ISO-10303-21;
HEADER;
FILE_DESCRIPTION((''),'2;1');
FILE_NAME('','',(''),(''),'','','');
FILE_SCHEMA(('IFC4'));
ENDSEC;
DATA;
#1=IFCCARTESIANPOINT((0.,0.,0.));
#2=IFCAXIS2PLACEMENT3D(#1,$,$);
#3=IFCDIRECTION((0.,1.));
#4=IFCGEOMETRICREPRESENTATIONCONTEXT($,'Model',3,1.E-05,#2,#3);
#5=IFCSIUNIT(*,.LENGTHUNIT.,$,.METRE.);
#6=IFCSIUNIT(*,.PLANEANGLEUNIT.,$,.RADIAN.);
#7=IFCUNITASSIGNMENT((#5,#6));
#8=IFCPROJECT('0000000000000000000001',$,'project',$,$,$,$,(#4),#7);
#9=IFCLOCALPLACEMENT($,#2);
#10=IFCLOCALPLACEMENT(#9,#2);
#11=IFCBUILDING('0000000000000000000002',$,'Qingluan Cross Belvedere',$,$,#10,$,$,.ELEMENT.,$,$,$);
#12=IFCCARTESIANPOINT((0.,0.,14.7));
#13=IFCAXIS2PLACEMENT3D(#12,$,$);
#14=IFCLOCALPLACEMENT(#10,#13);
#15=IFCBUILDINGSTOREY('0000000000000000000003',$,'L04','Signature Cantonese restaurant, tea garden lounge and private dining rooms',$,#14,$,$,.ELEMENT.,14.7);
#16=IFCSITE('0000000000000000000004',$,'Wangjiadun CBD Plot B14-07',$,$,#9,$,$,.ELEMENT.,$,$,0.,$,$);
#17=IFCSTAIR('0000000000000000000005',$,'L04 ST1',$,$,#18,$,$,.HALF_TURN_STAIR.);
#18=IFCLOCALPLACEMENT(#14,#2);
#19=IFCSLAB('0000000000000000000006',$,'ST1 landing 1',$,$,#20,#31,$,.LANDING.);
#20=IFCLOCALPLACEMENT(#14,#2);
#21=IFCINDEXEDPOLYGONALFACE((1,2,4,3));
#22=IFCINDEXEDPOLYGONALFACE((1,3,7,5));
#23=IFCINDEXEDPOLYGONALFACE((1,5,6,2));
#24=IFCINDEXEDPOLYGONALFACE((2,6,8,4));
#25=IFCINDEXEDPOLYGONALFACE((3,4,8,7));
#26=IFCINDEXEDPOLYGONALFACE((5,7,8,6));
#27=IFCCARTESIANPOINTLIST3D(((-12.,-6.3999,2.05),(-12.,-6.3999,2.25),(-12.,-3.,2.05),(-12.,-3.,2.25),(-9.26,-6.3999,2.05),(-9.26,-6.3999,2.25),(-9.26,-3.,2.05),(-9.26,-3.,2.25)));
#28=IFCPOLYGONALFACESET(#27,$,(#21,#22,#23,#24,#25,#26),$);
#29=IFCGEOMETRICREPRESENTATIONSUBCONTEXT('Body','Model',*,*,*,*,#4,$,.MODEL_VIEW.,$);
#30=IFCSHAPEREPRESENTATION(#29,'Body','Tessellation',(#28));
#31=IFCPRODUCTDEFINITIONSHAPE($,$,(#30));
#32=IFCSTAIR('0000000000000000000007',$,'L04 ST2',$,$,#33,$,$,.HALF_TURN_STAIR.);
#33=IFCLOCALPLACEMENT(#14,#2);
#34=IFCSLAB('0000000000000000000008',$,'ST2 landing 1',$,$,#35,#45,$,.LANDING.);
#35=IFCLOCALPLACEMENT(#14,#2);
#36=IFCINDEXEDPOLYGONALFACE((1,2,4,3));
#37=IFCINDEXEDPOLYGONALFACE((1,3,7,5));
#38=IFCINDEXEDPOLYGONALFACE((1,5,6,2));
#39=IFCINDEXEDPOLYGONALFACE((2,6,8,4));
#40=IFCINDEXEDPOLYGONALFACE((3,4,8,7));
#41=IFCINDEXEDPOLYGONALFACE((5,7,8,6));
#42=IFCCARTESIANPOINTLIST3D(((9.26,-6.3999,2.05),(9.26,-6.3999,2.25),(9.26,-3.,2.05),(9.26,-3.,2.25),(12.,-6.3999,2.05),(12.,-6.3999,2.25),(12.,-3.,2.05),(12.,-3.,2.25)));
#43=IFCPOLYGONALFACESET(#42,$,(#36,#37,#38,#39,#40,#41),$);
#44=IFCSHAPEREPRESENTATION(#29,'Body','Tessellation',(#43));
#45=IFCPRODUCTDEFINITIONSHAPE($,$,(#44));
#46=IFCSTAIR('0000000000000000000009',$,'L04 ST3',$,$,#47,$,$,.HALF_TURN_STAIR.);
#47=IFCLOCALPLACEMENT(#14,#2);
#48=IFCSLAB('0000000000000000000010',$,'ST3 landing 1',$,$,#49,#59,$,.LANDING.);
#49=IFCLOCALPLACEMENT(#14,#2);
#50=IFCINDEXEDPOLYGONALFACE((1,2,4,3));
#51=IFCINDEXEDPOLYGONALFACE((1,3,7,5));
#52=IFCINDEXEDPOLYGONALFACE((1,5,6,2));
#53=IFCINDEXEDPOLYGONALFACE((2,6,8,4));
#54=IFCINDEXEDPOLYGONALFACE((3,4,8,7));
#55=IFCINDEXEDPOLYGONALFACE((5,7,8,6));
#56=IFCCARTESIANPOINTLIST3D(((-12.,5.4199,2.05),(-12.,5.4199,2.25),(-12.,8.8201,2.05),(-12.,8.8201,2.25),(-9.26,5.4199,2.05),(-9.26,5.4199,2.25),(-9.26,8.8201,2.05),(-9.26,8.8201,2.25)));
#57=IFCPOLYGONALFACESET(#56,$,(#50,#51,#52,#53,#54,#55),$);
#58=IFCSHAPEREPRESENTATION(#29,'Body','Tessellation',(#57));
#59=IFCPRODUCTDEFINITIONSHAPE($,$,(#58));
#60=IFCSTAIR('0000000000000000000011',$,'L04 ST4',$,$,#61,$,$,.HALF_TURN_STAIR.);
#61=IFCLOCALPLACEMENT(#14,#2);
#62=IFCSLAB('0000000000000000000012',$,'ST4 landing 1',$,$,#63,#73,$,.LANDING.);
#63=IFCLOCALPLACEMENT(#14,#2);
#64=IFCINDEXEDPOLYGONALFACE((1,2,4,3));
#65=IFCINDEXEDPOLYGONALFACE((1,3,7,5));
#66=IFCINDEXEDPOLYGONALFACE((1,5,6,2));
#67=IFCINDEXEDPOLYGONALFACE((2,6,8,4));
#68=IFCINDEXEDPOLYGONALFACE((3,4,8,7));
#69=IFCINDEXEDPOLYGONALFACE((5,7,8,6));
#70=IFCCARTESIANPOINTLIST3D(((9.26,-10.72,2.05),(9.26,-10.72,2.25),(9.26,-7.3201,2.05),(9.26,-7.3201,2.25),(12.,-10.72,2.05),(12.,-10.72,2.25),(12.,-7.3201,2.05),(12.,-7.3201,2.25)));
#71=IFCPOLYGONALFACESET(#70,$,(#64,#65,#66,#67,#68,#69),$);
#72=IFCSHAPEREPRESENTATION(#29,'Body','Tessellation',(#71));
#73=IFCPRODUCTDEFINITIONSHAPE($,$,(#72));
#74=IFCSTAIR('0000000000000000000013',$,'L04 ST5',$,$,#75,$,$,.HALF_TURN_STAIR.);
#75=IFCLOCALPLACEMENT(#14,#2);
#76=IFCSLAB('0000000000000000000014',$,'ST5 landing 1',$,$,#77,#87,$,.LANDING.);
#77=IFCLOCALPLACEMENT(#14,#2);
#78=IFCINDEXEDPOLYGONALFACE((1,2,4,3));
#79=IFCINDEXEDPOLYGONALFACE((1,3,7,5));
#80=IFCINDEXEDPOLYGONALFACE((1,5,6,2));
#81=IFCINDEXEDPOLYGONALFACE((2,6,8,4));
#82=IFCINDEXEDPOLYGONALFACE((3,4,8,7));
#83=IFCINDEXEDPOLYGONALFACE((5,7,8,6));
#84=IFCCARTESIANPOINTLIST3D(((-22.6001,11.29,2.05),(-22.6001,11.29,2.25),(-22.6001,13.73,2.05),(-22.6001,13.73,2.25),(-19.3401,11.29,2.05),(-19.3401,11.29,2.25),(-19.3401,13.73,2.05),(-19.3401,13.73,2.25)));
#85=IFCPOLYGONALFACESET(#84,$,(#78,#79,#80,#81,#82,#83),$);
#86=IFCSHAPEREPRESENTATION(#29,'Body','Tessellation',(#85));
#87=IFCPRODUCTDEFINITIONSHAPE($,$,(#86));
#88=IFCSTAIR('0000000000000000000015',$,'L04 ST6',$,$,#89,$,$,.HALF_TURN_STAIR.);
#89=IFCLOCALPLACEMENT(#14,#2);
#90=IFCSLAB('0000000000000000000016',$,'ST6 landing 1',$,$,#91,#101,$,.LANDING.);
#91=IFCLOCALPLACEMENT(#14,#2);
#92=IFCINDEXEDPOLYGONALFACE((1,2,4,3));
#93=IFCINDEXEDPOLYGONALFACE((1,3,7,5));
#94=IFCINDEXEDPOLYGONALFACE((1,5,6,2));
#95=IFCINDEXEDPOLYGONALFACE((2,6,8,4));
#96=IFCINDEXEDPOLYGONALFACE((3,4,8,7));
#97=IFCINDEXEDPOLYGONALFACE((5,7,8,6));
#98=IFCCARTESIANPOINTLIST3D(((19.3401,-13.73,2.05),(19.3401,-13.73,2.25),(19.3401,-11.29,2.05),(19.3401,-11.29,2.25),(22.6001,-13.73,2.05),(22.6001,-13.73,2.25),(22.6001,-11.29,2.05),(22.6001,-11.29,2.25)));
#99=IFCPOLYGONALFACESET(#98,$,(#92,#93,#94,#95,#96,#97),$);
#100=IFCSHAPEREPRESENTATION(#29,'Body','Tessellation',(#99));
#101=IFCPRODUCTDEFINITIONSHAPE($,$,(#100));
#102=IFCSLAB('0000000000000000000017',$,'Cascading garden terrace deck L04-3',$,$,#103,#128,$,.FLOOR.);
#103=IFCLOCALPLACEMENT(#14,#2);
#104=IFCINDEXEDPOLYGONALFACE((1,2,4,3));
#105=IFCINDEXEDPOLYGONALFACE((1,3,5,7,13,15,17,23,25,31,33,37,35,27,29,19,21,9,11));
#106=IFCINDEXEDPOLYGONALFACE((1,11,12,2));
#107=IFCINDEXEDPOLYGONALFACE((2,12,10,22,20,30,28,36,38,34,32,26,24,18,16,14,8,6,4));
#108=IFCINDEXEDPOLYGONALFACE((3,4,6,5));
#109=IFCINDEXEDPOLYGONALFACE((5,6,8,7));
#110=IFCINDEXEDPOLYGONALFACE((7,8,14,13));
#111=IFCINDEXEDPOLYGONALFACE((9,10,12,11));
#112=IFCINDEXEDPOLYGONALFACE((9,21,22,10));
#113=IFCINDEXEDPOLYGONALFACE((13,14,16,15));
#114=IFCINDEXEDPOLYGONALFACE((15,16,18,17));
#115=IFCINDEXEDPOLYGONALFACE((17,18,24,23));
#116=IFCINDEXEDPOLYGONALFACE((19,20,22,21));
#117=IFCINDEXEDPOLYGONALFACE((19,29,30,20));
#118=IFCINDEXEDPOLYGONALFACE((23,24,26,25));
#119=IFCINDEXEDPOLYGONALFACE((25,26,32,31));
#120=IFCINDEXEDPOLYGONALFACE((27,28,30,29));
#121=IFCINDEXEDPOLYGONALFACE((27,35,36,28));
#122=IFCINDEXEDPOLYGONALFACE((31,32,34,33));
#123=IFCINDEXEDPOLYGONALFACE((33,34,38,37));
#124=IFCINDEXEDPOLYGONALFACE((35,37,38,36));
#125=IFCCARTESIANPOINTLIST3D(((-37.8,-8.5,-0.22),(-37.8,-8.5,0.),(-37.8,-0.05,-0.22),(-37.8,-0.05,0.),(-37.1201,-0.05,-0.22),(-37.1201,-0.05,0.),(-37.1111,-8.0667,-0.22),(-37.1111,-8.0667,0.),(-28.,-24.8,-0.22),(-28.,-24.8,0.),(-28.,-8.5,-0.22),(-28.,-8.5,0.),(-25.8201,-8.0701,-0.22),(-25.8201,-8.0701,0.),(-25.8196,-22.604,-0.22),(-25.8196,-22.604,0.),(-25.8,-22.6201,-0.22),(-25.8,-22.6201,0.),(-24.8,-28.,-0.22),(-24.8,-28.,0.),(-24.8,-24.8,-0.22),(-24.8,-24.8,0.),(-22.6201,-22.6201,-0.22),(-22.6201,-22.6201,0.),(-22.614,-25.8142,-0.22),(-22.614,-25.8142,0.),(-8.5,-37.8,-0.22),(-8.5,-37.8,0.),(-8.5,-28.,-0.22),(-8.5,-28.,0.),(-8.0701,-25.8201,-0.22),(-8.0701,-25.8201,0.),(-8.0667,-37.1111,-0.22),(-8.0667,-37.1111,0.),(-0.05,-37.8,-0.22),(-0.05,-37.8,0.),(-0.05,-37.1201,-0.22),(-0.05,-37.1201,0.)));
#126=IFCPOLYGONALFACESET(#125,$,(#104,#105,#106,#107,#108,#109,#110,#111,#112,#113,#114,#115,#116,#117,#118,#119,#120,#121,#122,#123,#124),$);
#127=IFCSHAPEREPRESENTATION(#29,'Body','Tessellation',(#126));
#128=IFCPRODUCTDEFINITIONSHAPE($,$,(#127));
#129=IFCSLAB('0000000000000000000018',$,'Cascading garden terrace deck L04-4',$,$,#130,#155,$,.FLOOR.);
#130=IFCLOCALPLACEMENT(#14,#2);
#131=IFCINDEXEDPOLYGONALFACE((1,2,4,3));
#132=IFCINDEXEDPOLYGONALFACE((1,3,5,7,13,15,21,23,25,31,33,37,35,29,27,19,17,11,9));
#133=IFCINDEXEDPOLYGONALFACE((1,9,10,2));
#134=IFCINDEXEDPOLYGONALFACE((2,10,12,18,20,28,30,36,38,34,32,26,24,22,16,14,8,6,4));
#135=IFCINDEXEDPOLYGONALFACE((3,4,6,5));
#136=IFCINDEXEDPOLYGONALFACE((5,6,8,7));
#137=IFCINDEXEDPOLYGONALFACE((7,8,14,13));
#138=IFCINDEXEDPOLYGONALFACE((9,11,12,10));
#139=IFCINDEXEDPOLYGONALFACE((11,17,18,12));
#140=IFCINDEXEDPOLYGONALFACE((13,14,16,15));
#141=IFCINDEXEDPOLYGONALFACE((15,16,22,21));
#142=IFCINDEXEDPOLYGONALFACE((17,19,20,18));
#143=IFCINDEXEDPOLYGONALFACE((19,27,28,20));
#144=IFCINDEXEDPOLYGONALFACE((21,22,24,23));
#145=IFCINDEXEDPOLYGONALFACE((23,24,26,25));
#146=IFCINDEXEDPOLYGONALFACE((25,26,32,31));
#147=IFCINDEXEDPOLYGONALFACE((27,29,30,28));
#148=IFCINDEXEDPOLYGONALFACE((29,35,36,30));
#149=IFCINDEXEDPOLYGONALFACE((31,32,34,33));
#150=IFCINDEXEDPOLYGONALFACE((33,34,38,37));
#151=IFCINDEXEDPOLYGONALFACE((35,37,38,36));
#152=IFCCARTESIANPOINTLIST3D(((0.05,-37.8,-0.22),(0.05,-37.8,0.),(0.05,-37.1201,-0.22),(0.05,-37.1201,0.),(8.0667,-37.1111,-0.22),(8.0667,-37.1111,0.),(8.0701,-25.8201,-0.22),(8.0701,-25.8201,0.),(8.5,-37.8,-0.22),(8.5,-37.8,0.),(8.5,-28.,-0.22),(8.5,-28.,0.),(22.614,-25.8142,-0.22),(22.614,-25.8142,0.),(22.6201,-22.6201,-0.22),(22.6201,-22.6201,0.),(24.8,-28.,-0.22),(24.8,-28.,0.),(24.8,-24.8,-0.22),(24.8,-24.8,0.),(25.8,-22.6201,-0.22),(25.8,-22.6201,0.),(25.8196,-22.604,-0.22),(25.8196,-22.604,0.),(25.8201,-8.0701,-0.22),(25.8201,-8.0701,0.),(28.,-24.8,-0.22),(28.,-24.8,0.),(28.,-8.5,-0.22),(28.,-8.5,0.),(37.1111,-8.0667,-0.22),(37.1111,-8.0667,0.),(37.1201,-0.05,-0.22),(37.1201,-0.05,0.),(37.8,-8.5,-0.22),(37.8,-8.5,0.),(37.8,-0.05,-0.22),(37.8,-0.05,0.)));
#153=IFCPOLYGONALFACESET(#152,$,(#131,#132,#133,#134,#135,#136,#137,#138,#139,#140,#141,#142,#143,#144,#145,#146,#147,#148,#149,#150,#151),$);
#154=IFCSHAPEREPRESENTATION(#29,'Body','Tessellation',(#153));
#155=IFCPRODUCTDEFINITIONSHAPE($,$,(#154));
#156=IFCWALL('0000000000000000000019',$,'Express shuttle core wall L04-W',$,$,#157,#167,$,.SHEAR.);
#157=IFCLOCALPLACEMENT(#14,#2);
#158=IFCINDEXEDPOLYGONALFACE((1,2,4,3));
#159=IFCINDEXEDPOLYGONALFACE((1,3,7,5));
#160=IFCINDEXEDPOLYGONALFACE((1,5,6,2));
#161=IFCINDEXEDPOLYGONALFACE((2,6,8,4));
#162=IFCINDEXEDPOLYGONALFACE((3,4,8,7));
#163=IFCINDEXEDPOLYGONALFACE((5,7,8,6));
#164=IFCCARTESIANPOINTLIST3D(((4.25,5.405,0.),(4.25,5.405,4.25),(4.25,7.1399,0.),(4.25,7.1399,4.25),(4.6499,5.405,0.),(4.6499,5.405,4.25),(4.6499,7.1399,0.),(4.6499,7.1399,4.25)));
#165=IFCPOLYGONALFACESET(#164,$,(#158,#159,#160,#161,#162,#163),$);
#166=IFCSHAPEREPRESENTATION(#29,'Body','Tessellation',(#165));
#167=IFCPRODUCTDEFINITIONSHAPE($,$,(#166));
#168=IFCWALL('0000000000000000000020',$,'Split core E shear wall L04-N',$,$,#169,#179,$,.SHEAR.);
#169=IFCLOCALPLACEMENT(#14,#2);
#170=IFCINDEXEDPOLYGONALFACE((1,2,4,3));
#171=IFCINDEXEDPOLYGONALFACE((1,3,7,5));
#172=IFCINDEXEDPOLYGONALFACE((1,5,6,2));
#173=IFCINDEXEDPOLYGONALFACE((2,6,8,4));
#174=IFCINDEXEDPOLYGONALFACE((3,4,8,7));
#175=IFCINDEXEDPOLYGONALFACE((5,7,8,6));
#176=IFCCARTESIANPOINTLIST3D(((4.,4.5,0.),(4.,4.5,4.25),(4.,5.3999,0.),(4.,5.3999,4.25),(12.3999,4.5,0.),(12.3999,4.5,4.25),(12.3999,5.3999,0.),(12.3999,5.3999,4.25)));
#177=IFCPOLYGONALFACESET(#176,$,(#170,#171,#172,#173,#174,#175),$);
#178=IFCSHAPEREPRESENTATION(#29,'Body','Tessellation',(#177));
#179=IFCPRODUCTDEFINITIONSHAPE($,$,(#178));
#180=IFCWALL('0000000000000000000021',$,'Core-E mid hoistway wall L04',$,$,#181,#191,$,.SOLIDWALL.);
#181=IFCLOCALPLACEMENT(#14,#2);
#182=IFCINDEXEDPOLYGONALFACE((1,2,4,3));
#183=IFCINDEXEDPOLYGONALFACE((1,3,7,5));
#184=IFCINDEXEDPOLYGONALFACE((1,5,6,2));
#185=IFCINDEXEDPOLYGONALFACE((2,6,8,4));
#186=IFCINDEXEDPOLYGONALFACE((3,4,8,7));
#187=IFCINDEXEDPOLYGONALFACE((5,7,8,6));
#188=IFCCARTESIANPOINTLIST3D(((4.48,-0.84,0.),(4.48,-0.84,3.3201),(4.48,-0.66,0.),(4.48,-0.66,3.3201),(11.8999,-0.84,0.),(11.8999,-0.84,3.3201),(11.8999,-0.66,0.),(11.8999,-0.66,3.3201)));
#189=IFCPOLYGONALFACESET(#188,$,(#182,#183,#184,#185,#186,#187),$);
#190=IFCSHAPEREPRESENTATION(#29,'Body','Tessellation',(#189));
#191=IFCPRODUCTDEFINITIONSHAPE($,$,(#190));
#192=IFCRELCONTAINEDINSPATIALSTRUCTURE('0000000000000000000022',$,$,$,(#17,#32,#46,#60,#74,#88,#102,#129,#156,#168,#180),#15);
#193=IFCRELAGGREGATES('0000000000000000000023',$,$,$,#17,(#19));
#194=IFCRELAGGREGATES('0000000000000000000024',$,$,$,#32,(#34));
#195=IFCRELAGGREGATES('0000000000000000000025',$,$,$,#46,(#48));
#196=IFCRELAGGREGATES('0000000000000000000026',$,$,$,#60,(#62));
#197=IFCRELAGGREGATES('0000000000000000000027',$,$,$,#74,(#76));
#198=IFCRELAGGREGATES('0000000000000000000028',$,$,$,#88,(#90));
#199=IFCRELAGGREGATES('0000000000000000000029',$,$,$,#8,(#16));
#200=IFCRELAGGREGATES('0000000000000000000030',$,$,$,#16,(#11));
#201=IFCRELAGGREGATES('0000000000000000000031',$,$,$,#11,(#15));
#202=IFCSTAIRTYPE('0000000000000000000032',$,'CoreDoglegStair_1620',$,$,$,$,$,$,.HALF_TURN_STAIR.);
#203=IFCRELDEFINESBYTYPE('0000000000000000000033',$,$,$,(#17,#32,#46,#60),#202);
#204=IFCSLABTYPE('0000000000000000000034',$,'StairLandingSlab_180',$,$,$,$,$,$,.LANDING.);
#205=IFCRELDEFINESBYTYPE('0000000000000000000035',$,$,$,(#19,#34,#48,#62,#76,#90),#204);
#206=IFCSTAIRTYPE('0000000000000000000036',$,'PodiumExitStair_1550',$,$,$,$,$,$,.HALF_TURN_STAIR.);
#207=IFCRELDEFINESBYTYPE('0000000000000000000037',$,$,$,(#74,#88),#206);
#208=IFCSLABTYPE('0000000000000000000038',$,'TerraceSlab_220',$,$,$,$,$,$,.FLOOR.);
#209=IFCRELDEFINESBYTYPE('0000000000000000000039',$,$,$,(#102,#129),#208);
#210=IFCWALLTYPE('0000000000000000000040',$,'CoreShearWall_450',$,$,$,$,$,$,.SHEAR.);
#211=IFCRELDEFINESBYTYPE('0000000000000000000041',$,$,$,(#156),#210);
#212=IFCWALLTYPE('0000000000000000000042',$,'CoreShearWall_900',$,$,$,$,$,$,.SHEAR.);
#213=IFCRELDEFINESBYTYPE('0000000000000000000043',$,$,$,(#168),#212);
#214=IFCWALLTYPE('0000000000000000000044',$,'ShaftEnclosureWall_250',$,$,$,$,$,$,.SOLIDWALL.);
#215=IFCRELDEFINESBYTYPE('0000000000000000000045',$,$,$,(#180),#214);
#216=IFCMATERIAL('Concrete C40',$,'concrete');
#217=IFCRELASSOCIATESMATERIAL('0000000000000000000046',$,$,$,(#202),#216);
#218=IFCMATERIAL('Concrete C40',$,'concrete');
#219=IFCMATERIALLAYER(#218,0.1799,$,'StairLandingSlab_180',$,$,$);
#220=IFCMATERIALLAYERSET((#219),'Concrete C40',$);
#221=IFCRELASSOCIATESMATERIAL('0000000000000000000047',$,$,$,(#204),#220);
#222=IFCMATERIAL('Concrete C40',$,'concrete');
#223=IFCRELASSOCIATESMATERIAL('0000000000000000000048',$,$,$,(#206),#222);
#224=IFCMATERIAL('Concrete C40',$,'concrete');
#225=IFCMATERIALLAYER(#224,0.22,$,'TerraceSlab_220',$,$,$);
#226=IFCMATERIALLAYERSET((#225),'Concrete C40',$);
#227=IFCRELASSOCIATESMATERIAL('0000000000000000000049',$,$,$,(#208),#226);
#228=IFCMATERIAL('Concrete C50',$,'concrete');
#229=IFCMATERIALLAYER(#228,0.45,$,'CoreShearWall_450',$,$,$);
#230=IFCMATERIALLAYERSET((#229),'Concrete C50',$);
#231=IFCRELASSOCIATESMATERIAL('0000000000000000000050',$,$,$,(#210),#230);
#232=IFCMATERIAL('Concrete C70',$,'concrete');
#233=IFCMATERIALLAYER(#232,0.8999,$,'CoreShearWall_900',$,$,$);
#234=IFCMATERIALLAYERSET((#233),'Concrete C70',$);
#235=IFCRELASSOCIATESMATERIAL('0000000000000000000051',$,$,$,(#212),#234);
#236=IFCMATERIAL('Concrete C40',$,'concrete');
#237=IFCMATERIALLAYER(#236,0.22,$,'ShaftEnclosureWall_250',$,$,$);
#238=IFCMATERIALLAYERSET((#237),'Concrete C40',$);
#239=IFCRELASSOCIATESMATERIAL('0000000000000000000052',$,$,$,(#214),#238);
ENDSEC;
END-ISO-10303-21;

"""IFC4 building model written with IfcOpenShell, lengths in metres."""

from ifc_helpers import new_model, si_unit, direction, frame, frame_2d, origin, place, context, subcontext, project, spatial, polyline, rectangle, outline, extrude, material, layer, layer_set, type_object, element, aggregate, save


model = new_model("IFC4")

# Units and contexts
model_context = context("Model", 3, precision=1e-05, world=origin(), true_north=direction((0.0, 1.0)))
body_context = subcontext(model_context, "Body", "Model", "MODEL_VIEW")
ifc_project = project(units=[si_unit("LENGTHUNIT", "METRE"), si_unit("PLANEANGLEUNIT", "RADIAN")], contexts=[model_context])

# Site, building, storey
site_placement = place(None, origin())
site = spatial("IfcSite", under=ifc_project, at=site_placement, Name="Wangjiadun CBD Plot B14-07", CompositionType="ELEMENT", RefElevation=0.0)
building_placement = place(site_placement, origin())
building = spatial("IfcBuilding", under=site, at=building_placement, Name="Qingluan Cross Belvedere", CompositionType="ELEMENT")
storey_placement = place(building_placement, frame((0.0, 0.0, 14.7)))
storey = spatial("IfcBuildingStorey", under=building, at=storey_placement, Name="L04", Description="Signature Cantonese restaurant, tea garden lounge and private dining rooms", CompositionType="ELEMENT", Elevation=14.7)

# Stairs, slabs
ifc_material_1 = material(Name="Concrete C40", Category="concrete")
stair_type_1 = type_object("IfcStairType", Name="CoreDoglegStair_1620", PredefinedType="HALF_TURN_STAIR", material=ifc_material_1)
stair_1_placement = place(storey_placement, origin())
stair_1 = element("IfcStair", 1, at=stair_1_placement, inside=storey, type_object=stair_type_1, Name="L04 ST1", PredefinedType="HALF_TURN_STAIR")
ifc_material_2 = material(Name="Concrete C40", Category="concrete")
ifc_layer_1 = layer(ifc_material_2, 0.1799, Name="StairLandingSlab_180")
ifc_layer_set_1 = layer_set([ifc_layer_1], Name="Concrete C40")
slab_type_1 = type_object("IfcSlabType", Name="StairLandingSlab_180", PredefinedType="LANDING", material=ifc_layer_set_1)
slab_1_placement = place(storey_placement, frame((0.0, 0.0, 2.05)))
slab_1 = element("IfcSlab", 2, at=slab_1_placement, type_object=slab_type_1, Name="ST1 landing 1", PredefinedType="LANDING", context=body_context, shape_type="SweptSolid", body=[
    extrude(outline(polyline([(-9.26, -3.0), (-12.0, -3.0), (-12.0, -6.3999), (-9.26, -6.3999), (-9.26, -3.0)])), origin(), (0.0, 0.0, 1.0), 0.2),
])
aggregate(stair_1, [slab_1])
stair_2_placement = place(storey_placement, origin())
stair_2 = element("IfcStair", 3, at=stair_2_placement, inside=storey, type_object=stair_type_1, Name="L04 ST2", PredefinedType="HALF_TURN_STAIR")
slab_2_placement = place(storey_placement, frame((0.0, 0.0, 2.05)))
slab_2 = element("IfcSlab", 4, at=slab_2_placement, type_object=slab_type_1, Name="ST2 landing 1", PredefinedType="LANDING", context=body_context, shape_type="SweptSolid", body=[
    extrude(outline(polyline([(9.26, -6.3999), (12.0, -6.3999), (12.0, -3.0), (9.26, -3.0), (9.26, -6.3999)])), origin(), (0.0, 0.0, 1.0), 0.2),
])
aggregate(stair_2, [slab_2])
stair_3_placement = place(storey_placement, origin())
stair_3 = element("IfcStair", 5, at=stair_3_placement, inside=storey, type_object=stair_type_1, Name="L04 ST3", PredefinedType="HALF_TURN_STAIR")
slab_3_placement = place(storey_placement, frame((0.0, 0.0, 2.05)))
slab_3 = element("IfcSlab", 6, at=slab_3_placement, type_object=slab_type_1, Name="ST3 landing 1", PredefinedType="LANDING", context=body_context, shape_type="SweptSolid", body=[
    extrude(outline(polyline([(-9.26, 8.8201), (-12.0, 8.8201), (-12.0, 5.4199), (-9.26, 5.4199), (-9.26, 8.8201)])), origin(), (0.0, 0.0, 1.0), 0.2),
])
aggregate(stair_3, [slab_3])
stair_4_placement = place(storey_placement, origin())
stair_4 = element("IfcStair", 7, at=stair_4_placement, inside=storey, type_object=stair_type_1, Name="L04 ST4", PredefinedType="HALF_TURN_STAIR")
slab_4_placement = place(storey_placement, frame((0.0, 0.0, 2.05)))
slab_4 = element("IfcSlab", 8, at=slab_4_placement, type_object=slab_type_1, Name="ST4 landing 1", PredefinedType="LANDING", context=body_context, shape_type="SweptSolid", body=[
    extrude(outline(polyline([(9.26, -10.72), (12.0, -10.72), (12.0, -7.3201), (9.26, -7.3201), (9.26, -10.72)])), origin(), (0.0, 0.0, 1.0), 0.2),
])
aggregate(stair_4, [slab_4])
ifc_material_3 = material(Name="Concrete C40", Category="concrete")
stair_type_2 = type_object("IfcStairType", Name="PodiumExitStair_1550", PredefinedType="HALF_TURN_STAIR", material=ifc_material_3)
stair_5_placement = place(storey_placement, origin())
stair_5 = element("IfcStair", 9, at=stair_5_placement, inside=storey, type_object=stair_type_2, Name="L04 ST5", PredefinedType="HALF_TURN_STAIR")
slab_5_placement = place(storey_placement, frame((0.0, 0.0, 2.05)))
slab_5 = element("IfcSlab", 10, at=slab_5_placement, type_object=slab_type_1, Name="ST5 landing 1", PredefinedType="LANDING", context=body_context, shape_type="SweptSolid", body=[
    extrude(outline(polyline([(-19.3401, 11.29), (-19.3401, 13.73), (-22.6001, 13.73), (-22.6001, 11.29), (-19.3401, 11.29)])), origin(), (0.0, 0.0, 1.0), 0.2),
])
aggregate(stair_5, [slab_5])
stair_6_placement = place(storey_placement, origin())
stair_6 = element("IfcStair", 11, at=stair_6_placement, inside=storey, type_object=stair_type_2, Name="L04 ST6", PredefinedType="HALF_TURN_STAIR")
slab_6_placement = place(storey_placement, frame((0.0, 0.0, 2.05)))
slab_6 = element("IfcSlab", 12, at=slab_6_placement, type_object=slab_type_1, Name="ST6 landing 1", PredefinedType="LANDING", context=body_context, shape_type="SweptSolid", body=[
    extrude(outline(polyline([(19.3401, -11.29), (19.3401, -13.73), (22.6001, -13.73), (22.6001, -11.29), (19.3401, -11.29)])), origin(), (0.0, 0.0, 1.0), 0.2),
])
aggregate(stair_6, [slab_6])

# Slabs
ifc_material_4 = material(Name="Concrete C40", Category="concrete")
ifc_layer_2 = layer(ifc_material_4, 0.22, Name="TerraceSlab_220")
ifc_layer_set_2 = layer_set([ifc_layer_2], Name="Concrete C40")
slab_type_2 = type_object("IfcSlabType", Name="TerraceSlab_220", PredefinedType="FLOOR", material=ifc_layer_set_2)
slab_7_placement = place(storey_placement, frame((0.0, 0.0, -0.22)))
element("IfcSlab", 13, at=slab_7_placement, inside=storey, type_object=slab_type_2, Name="Cascading garden terrace deck L04-3", PredefinedType="FLOOR", context=body_context, shape_type="SweptSolid", body=[
    extrude(outline(polyline([(-0.05, -37.8), (-0.05, -37.1201), (-8.0667, -37.1111), (-8.0701, -25.8201), (-22.614, -25.8142), (-22.6201, -22.6201), (-25.8, -22.6201), (-25.8196, -22.604), (-25.8201, -8.0701), (-37.1111, -8.0667), (-37.1201, -0.05), (-37.8, -0.05), (-37.8, -8.5), (-28.0, -8.5), (-28.0, -24.8), (-24.8, -24.8), (-24.8, -28.0), (-8.5, -28.0), (-8.5, -37.8), (-0.05, -37.8)])), origin(), (0.0, 0.0, 1.0), 0.22),
])
slab_8_placement = place(storey_placement, frame((0.0, 0.0, -0.22)))
element("IfcSlab", 14, at=slab_8_placement, inside=storey, type_object=slab_type_2, Name="Cascading garden terrace deck L04-4", PredefinedType="FLOOR", context=body_context, shape_type="SweptSolid", body=[
    extrude(outline(polyline([(8.5, -37.8), (8.5, -28.0), (24.8, -28.0), (24.8, -24.8), (28.0, -24.8), (28.0, -8.5), (37.8, -8.5), (37.8, -0.05), (37.1201, -0.05), (37.1111, -8.0667), (25.8201, -8.0701), (25.8196, -22.604), (25.8, -22.6201), (22.6201, -22.6201), (22.614, -25.8142), (8.0701, -25.8201), (8.0667, -37.1111), (0.05, -37.1201), (0.05, -37.8), (8.5, -37.8)])), origin(), (0.0, 0.0, 1.0), 0.22),
])

# Walls
ifc_material_5 = material(Name="Concrete C50", Category="concrete")
ifc_layer_3 = layer(ifc_material_5, 0.45, Name="CoreShearWall_450")
ifc_layer_set_3 = layer_set([ifc_layer_3], Name="Concrete C50")
wall_type_1 = type_object("IfcWallType", Name="CoreShearWall_450", PredefinedType="SHEAR", material=ifc_layer_set_3)
wall_1_placement = place(storey_placement, frame((4.45, 5.405, 0.0), z_axis=(0.0, 0.0, 1.0), x_axis=(0.0, 1.0, 0.0)))
element("IfcWall", 15, at=wall_1_placement, inside=storey, type_object=wall_type_1, Name="Express shuttle core wall L04-W", PredefinedType="SHEAR", context=body_context, shape_type="SweptSolid", body=[
    extrude(rectangle(XDim=1.7349, YDim=0.3999, at=frame_2d((0.8674, 0.0))), origin(), (0.0, 0.0, 1.0), 4.25),
])
ifc_material_6 = material(Name="Concrete C70", Category="concrete")
ifc_layer_4 = layer(ifc_material_6, 0.8999, Name="CoreShearWall_900")
ifc_layer_set_4 = layer_set([ifc_layer_4], Name="Concrete C70")
wall_type_2 = type_object("IfcWallType", Name="CoreShearWall_900", PredefinedType="SHEAR", material=ifc_layer_set_4)
wall_2_placement = place(storey_placement, frame((4.0, 4.95, 0.0), z_axis=(0.0, 0.0, 1.0), x_axis=(1.0, 0.0, 0.0)))
element("IfcWall", 16, at=wall_2_placement, inside=storey, type_object=wall_type_2, Name="Split core E shear wall L04-N", PredefinedType="SHEAR", context=body_context, shape_type="SweptSolid", body=[
    extrude(rectangle(XDim=8.3999, YDim=0.8999, at=frame_2d((4.2, 0.0))), origin(), (0.0, 0.0, 1.0), 4.25),
])

# Shared definitions
ifc_material_7 = material(Name="Concrete C40", Category="concrete")
ifc_layer_5 = layer(ifc_material_7, 0.22, Name="ShaftEnclosureWall_250")
ifc_layer_set_5 = layer_set([ifc_layer_5], Name="Concrete C40")
wall_type_3 = type_object("IfcWallType", Name="ShaftEnclosureWall_250", PredefinedType="SOLIDWALL", material=ifc_layer_set_5)

# Wall
wall_3_placement = place(storey_placement, frame((4.48, -0.75, 0.0), z_axis=(0.0, 0.0, 1.0), x_axis=(1.0, 0.0, 0.0)))
element("IfcWall", 17, at=wall_3_placement, inside=storey, type_object=wall_type_3, Name="Core-E mid hoistway wall L04", PredefinedType="SOLIDWALL", context=body_context, shape_type="SweptSolid", body=[
    extrude(rectangle(XDim=7.4199, YDim=0.1799, at=frame_2d((3.71, 0.0))), origin(), (0.0, 0.0, 1.0), 3.3201),
])

save(model, "model.ifc")
